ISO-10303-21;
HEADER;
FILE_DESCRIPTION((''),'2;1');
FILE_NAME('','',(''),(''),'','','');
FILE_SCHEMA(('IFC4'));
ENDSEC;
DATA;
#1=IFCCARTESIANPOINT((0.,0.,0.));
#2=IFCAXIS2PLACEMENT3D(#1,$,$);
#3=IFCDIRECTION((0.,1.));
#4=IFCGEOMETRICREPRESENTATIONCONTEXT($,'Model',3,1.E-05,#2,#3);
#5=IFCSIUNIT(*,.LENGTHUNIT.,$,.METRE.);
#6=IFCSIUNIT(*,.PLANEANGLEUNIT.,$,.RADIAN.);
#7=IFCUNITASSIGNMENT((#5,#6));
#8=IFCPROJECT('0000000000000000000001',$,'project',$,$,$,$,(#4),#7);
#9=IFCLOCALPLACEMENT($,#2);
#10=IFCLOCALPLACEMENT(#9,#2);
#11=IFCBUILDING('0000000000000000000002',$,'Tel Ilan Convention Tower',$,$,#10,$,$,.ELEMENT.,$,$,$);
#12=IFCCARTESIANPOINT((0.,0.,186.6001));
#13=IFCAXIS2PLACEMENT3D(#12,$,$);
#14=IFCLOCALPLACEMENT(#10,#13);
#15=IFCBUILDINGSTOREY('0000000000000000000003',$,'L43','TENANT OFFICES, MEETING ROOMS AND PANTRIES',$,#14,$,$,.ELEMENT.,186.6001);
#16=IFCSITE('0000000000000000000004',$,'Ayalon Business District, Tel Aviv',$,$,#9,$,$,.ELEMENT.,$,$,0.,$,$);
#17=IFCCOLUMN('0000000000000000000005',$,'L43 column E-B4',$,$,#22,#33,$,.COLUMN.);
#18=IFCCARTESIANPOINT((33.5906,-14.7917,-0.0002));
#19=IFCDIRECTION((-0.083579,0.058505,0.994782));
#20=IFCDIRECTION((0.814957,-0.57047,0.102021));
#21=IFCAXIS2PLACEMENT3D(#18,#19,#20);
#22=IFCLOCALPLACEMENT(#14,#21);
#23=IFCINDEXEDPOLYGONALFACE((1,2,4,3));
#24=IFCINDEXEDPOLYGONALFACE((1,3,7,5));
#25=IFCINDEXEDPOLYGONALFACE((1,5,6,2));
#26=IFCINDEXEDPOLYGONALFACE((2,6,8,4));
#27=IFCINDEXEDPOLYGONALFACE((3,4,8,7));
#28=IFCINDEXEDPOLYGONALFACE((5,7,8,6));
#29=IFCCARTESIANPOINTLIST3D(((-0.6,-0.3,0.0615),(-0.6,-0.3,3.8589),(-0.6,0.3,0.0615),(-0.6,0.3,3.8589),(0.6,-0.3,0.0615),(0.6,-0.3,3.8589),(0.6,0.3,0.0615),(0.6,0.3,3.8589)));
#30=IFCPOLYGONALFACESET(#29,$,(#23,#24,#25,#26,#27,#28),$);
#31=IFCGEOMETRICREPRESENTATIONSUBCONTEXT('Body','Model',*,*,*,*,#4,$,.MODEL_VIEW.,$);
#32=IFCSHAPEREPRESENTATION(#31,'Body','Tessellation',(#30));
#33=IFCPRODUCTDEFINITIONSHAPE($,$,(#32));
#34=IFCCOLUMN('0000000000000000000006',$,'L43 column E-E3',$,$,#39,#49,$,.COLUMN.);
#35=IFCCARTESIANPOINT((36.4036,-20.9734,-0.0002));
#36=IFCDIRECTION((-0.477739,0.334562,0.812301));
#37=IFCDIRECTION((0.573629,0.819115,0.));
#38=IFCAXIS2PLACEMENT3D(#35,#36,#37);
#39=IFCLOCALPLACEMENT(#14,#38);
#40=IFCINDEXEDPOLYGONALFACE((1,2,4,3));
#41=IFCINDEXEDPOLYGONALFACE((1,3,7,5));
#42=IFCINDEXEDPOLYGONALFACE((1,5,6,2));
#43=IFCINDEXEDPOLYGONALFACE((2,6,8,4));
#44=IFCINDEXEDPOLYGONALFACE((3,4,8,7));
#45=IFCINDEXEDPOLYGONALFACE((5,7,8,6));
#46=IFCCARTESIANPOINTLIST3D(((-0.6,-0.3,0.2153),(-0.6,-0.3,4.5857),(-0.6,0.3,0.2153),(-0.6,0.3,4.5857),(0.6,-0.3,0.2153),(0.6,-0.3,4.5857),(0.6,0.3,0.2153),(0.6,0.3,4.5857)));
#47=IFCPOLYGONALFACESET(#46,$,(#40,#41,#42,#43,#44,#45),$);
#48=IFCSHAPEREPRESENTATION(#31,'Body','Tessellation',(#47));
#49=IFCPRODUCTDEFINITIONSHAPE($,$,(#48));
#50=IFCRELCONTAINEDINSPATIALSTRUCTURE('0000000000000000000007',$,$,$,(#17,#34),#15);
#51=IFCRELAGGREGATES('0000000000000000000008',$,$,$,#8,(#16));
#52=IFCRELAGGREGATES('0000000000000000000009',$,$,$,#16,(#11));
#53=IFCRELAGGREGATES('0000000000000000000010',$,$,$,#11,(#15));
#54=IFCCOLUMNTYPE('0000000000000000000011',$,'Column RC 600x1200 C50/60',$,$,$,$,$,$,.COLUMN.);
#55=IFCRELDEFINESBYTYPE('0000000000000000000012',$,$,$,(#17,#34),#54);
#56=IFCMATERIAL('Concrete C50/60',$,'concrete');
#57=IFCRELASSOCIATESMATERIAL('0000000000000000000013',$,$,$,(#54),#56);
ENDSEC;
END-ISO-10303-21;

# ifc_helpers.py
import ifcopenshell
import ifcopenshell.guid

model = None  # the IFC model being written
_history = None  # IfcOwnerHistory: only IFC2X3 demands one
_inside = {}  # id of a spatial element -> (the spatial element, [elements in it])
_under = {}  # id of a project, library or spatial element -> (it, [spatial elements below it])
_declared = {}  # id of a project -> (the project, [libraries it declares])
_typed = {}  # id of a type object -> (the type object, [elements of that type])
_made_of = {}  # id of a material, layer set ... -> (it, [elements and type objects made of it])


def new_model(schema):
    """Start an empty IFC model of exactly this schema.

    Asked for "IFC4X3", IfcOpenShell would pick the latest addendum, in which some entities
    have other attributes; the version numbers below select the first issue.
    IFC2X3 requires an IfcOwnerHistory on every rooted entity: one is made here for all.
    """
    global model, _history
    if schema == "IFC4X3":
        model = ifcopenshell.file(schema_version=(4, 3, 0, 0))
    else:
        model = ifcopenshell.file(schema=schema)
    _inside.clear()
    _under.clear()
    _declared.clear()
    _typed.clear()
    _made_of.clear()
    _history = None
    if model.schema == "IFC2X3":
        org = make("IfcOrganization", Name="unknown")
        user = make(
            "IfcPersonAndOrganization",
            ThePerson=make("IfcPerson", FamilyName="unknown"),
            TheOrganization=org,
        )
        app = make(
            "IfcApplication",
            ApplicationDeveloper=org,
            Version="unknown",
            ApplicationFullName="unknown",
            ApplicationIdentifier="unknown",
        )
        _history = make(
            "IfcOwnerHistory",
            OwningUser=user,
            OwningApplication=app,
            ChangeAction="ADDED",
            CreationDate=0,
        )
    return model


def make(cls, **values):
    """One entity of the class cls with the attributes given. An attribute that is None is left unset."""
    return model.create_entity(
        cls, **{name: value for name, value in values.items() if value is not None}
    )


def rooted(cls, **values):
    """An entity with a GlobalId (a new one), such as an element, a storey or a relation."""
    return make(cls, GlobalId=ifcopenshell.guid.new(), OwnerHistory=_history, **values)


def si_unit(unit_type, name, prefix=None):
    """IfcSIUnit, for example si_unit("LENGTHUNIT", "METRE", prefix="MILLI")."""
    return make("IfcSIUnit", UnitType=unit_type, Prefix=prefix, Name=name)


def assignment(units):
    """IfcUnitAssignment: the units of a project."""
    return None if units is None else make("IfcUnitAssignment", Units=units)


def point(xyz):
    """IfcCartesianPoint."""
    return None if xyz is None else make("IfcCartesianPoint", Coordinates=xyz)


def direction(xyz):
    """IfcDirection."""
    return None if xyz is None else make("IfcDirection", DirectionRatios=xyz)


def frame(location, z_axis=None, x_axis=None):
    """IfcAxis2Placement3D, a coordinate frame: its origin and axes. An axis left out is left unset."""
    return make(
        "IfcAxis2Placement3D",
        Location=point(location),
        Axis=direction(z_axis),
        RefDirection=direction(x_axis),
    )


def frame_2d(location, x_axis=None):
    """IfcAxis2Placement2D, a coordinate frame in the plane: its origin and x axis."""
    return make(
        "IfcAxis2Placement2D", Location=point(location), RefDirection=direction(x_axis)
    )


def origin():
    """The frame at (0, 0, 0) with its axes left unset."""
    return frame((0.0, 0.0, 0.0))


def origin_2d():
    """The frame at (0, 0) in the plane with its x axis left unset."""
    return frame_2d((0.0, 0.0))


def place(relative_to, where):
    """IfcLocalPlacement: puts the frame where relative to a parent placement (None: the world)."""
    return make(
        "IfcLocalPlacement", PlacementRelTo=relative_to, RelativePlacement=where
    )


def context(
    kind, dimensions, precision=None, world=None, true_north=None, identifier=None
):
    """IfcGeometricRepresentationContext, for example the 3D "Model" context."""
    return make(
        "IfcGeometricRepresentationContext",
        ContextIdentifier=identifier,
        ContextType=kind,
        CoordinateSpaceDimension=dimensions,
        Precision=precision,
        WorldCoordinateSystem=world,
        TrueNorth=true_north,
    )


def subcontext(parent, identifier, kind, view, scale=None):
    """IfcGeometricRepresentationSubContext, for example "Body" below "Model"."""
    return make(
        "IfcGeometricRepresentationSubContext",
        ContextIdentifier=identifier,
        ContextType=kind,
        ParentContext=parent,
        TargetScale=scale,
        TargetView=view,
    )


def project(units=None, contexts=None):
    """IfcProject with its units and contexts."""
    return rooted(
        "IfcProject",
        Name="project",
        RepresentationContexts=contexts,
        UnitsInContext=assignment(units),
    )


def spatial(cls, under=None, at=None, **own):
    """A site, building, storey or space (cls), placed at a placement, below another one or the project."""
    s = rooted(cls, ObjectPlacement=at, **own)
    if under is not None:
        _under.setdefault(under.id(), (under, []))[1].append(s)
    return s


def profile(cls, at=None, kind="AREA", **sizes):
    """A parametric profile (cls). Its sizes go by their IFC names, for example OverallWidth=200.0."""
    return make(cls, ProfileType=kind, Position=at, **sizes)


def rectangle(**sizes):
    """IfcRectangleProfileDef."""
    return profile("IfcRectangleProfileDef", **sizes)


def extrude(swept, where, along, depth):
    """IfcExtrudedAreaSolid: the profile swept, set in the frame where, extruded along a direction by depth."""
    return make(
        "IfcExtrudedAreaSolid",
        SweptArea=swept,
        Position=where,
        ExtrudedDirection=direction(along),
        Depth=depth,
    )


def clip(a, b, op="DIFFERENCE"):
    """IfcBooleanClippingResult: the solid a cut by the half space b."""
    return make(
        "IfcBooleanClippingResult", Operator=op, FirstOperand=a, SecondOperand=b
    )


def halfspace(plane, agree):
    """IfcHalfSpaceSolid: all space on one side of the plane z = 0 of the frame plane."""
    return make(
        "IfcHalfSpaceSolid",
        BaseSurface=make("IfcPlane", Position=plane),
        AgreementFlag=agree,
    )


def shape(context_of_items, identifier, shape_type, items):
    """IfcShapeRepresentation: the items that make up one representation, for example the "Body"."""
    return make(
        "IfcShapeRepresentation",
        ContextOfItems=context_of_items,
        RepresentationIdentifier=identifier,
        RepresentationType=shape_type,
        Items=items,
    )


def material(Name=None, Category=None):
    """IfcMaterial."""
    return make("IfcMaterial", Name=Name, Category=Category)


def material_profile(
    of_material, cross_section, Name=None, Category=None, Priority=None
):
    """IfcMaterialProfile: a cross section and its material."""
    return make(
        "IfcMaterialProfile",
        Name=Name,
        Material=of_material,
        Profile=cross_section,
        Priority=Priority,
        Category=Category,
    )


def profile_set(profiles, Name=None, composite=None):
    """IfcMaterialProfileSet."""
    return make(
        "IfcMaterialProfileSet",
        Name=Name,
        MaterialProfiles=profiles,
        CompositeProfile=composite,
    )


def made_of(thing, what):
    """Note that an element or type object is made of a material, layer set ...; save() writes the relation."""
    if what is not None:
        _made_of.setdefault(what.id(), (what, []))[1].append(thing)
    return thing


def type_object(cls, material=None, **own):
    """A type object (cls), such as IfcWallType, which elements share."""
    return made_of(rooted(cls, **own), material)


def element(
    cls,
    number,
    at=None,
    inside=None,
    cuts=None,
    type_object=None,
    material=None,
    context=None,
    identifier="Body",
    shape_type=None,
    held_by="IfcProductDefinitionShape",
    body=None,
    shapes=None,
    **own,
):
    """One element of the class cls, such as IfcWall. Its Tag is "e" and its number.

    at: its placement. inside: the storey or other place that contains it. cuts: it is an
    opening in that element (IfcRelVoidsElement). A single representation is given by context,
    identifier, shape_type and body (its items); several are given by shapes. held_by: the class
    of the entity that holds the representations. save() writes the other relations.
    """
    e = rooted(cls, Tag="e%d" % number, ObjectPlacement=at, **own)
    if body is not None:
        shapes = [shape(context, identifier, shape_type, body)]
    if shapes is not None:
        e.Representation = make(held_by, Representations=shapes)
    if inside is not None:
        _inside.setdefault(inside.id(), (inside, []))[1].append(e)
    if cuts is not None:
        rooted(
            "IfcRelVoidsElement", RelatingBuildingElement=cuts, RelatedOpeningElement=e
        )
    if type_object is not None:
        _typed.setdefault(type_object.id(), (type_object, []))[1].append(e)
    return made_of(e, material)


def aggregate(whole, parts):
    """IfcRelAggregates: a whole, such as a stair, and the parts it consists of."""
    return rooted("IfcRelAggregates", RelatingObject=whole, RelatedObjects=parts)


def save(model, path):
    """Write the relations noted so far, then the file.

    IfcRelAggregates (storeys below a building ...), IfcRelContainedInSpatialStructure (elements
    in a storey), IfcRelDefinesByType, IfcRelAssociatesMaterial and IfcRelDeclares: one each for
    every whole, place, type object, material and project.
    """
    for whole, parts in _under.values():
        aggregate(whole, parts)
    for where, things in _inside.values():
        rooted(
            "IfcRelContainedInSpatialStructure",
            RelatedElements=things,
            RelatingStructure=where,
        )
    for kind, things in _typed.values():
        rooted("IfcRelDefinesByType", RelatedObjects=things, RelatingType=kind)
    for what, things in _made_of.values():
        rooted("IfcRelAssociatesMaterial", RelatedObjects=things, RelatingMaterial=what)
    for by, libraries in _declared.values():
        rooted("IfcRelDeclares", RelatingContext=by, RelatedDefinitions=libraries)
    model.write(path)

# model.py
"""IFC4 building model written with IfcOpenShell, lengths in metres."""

from ifc_helpers import new_model, si_unit, direction, frame, origin, origin_2d, place, context, subcontext, project, spatial, rectangle, extrude, clip, halfspace, material, material_profile, profile_set, type_object, element, save


model = new_model("IFC4")

# Units and contexts
model_context = context("Model", 3, precision=1e-05, world=origin(), true_north=direction((0.0, 1.0)))
body_context = subcontext(model_context, "Body", "Model", "MODEL_VIEW")
ifc_project = project(units=[si_unit("LENGTHUNIT", "METRE"), si_unit("PLANEANGLEUNIT", "RADIAN")], contexts=[model_context])

# Site, building, storey
site_placement = place(None, origin())
site = spatial("IfcSite", under=ifc_project, at=site_placement, Name="Ayalon Business District, Tel Aviv", CompositionType="ELEMENT", RefElevation=0.0)
building_placement = place(site_placement, origin())
building = spatial("IfcBuilding", under=site, at=building_placement, Name="Tel Ilan Convention Tower", CompositionType="ELEMENT")
storey_placement = place(building_placement, frame((0.0, 0.0, 186.6001)))
storey = spatial("IfcBuildingStorey", under=building, at=storey_placement, Name="L43", Description="TENANT OFFICES, MEETING ROOMS AND PANTRIES", CompositionType="ELEMENT", Elevation=186.6001)

# Columns
ifc_material_1 = material(Name="Concrete C50/60", Category="concrete")
ifc_material_profile_1 = material_profile(ifc_material_1, rectangle(XDim=1.2, YDim=0.6001, at=origin_2d()), Name="RC 600x1200")
ifc_profile_set_1 = profile_set([ifc_material_profile_1], Name="Concrete C50/60")
column_type_1 = type_object("IfcColumnType", Name="Column RC 600x1200 C50/60", PredefinedType="COLUMN", material=ifc_profile_set_1)
column_1_placement = place(storey_placement, frame((33.5906, -14.7917, -0.0002), z_axis=(-0.083579, 0.058505, 0.994782), x_axis=(0.814957, -0.57047, 0.102021)))
element("IfcColumn", 1, at=column_1_placement, inside=storey, type_object=column_type_1, Name="L43 column E-B4", PredefinedType="COLUMN", context=body_context, shape_type="Clipping", body=[
    clip(clip(extrude(rectangle(XDim=1.2, YDim=0.6001, at=origin_2d()), origin(), (0.0, 0.0, 1.0), 3.9204), halfspace(frame((0.0, 0.0, 0.0615), z_axis=(0.0, 0.0, 1.0), x_axis=(1.0, 0.0, 0.0)), True)), halfspace(frame((0.0, 0.0, 3.8589), z_axis=(0.0, 0.0, 1.0), x_axis=(1.0, 0.0, 0.0)), False)),
])
column_2_placement = place(storey_placement, frame((36.4036, -20.9734, -0.0002), z_axis=(-0.477739, 0.334562, 0.812301), x_axis=(0.573629, 0.819115, 0.0)))
element("IfcColumn", 2, at=column_2_placement, inside=storey, type_object=column_type_1, Name="L43 column E-E3", PredefinedType="COLUMN", context=body_context, shape_type="Clipping", body=[
    clip(clip(extrude(rectangle(XDim=1.2, YDim=0.6001, at=origin_2d()), origin(), (0.0, 0.0, 1.0), 4.8013), halfspace(frame((0.0, 0.0, 0.2153), z_axis=(0.0, 0.0, 1.0), x_axis=(1.0, 0.0, 0.0)), True)), halfspace(frame((0.0, 0.0, 4.5857), z_axis=(0.0, 0.0, 1.0), x_axis=(1.0, 0.0, 0.0)), False)),
])

save(model, "model.ifc")
